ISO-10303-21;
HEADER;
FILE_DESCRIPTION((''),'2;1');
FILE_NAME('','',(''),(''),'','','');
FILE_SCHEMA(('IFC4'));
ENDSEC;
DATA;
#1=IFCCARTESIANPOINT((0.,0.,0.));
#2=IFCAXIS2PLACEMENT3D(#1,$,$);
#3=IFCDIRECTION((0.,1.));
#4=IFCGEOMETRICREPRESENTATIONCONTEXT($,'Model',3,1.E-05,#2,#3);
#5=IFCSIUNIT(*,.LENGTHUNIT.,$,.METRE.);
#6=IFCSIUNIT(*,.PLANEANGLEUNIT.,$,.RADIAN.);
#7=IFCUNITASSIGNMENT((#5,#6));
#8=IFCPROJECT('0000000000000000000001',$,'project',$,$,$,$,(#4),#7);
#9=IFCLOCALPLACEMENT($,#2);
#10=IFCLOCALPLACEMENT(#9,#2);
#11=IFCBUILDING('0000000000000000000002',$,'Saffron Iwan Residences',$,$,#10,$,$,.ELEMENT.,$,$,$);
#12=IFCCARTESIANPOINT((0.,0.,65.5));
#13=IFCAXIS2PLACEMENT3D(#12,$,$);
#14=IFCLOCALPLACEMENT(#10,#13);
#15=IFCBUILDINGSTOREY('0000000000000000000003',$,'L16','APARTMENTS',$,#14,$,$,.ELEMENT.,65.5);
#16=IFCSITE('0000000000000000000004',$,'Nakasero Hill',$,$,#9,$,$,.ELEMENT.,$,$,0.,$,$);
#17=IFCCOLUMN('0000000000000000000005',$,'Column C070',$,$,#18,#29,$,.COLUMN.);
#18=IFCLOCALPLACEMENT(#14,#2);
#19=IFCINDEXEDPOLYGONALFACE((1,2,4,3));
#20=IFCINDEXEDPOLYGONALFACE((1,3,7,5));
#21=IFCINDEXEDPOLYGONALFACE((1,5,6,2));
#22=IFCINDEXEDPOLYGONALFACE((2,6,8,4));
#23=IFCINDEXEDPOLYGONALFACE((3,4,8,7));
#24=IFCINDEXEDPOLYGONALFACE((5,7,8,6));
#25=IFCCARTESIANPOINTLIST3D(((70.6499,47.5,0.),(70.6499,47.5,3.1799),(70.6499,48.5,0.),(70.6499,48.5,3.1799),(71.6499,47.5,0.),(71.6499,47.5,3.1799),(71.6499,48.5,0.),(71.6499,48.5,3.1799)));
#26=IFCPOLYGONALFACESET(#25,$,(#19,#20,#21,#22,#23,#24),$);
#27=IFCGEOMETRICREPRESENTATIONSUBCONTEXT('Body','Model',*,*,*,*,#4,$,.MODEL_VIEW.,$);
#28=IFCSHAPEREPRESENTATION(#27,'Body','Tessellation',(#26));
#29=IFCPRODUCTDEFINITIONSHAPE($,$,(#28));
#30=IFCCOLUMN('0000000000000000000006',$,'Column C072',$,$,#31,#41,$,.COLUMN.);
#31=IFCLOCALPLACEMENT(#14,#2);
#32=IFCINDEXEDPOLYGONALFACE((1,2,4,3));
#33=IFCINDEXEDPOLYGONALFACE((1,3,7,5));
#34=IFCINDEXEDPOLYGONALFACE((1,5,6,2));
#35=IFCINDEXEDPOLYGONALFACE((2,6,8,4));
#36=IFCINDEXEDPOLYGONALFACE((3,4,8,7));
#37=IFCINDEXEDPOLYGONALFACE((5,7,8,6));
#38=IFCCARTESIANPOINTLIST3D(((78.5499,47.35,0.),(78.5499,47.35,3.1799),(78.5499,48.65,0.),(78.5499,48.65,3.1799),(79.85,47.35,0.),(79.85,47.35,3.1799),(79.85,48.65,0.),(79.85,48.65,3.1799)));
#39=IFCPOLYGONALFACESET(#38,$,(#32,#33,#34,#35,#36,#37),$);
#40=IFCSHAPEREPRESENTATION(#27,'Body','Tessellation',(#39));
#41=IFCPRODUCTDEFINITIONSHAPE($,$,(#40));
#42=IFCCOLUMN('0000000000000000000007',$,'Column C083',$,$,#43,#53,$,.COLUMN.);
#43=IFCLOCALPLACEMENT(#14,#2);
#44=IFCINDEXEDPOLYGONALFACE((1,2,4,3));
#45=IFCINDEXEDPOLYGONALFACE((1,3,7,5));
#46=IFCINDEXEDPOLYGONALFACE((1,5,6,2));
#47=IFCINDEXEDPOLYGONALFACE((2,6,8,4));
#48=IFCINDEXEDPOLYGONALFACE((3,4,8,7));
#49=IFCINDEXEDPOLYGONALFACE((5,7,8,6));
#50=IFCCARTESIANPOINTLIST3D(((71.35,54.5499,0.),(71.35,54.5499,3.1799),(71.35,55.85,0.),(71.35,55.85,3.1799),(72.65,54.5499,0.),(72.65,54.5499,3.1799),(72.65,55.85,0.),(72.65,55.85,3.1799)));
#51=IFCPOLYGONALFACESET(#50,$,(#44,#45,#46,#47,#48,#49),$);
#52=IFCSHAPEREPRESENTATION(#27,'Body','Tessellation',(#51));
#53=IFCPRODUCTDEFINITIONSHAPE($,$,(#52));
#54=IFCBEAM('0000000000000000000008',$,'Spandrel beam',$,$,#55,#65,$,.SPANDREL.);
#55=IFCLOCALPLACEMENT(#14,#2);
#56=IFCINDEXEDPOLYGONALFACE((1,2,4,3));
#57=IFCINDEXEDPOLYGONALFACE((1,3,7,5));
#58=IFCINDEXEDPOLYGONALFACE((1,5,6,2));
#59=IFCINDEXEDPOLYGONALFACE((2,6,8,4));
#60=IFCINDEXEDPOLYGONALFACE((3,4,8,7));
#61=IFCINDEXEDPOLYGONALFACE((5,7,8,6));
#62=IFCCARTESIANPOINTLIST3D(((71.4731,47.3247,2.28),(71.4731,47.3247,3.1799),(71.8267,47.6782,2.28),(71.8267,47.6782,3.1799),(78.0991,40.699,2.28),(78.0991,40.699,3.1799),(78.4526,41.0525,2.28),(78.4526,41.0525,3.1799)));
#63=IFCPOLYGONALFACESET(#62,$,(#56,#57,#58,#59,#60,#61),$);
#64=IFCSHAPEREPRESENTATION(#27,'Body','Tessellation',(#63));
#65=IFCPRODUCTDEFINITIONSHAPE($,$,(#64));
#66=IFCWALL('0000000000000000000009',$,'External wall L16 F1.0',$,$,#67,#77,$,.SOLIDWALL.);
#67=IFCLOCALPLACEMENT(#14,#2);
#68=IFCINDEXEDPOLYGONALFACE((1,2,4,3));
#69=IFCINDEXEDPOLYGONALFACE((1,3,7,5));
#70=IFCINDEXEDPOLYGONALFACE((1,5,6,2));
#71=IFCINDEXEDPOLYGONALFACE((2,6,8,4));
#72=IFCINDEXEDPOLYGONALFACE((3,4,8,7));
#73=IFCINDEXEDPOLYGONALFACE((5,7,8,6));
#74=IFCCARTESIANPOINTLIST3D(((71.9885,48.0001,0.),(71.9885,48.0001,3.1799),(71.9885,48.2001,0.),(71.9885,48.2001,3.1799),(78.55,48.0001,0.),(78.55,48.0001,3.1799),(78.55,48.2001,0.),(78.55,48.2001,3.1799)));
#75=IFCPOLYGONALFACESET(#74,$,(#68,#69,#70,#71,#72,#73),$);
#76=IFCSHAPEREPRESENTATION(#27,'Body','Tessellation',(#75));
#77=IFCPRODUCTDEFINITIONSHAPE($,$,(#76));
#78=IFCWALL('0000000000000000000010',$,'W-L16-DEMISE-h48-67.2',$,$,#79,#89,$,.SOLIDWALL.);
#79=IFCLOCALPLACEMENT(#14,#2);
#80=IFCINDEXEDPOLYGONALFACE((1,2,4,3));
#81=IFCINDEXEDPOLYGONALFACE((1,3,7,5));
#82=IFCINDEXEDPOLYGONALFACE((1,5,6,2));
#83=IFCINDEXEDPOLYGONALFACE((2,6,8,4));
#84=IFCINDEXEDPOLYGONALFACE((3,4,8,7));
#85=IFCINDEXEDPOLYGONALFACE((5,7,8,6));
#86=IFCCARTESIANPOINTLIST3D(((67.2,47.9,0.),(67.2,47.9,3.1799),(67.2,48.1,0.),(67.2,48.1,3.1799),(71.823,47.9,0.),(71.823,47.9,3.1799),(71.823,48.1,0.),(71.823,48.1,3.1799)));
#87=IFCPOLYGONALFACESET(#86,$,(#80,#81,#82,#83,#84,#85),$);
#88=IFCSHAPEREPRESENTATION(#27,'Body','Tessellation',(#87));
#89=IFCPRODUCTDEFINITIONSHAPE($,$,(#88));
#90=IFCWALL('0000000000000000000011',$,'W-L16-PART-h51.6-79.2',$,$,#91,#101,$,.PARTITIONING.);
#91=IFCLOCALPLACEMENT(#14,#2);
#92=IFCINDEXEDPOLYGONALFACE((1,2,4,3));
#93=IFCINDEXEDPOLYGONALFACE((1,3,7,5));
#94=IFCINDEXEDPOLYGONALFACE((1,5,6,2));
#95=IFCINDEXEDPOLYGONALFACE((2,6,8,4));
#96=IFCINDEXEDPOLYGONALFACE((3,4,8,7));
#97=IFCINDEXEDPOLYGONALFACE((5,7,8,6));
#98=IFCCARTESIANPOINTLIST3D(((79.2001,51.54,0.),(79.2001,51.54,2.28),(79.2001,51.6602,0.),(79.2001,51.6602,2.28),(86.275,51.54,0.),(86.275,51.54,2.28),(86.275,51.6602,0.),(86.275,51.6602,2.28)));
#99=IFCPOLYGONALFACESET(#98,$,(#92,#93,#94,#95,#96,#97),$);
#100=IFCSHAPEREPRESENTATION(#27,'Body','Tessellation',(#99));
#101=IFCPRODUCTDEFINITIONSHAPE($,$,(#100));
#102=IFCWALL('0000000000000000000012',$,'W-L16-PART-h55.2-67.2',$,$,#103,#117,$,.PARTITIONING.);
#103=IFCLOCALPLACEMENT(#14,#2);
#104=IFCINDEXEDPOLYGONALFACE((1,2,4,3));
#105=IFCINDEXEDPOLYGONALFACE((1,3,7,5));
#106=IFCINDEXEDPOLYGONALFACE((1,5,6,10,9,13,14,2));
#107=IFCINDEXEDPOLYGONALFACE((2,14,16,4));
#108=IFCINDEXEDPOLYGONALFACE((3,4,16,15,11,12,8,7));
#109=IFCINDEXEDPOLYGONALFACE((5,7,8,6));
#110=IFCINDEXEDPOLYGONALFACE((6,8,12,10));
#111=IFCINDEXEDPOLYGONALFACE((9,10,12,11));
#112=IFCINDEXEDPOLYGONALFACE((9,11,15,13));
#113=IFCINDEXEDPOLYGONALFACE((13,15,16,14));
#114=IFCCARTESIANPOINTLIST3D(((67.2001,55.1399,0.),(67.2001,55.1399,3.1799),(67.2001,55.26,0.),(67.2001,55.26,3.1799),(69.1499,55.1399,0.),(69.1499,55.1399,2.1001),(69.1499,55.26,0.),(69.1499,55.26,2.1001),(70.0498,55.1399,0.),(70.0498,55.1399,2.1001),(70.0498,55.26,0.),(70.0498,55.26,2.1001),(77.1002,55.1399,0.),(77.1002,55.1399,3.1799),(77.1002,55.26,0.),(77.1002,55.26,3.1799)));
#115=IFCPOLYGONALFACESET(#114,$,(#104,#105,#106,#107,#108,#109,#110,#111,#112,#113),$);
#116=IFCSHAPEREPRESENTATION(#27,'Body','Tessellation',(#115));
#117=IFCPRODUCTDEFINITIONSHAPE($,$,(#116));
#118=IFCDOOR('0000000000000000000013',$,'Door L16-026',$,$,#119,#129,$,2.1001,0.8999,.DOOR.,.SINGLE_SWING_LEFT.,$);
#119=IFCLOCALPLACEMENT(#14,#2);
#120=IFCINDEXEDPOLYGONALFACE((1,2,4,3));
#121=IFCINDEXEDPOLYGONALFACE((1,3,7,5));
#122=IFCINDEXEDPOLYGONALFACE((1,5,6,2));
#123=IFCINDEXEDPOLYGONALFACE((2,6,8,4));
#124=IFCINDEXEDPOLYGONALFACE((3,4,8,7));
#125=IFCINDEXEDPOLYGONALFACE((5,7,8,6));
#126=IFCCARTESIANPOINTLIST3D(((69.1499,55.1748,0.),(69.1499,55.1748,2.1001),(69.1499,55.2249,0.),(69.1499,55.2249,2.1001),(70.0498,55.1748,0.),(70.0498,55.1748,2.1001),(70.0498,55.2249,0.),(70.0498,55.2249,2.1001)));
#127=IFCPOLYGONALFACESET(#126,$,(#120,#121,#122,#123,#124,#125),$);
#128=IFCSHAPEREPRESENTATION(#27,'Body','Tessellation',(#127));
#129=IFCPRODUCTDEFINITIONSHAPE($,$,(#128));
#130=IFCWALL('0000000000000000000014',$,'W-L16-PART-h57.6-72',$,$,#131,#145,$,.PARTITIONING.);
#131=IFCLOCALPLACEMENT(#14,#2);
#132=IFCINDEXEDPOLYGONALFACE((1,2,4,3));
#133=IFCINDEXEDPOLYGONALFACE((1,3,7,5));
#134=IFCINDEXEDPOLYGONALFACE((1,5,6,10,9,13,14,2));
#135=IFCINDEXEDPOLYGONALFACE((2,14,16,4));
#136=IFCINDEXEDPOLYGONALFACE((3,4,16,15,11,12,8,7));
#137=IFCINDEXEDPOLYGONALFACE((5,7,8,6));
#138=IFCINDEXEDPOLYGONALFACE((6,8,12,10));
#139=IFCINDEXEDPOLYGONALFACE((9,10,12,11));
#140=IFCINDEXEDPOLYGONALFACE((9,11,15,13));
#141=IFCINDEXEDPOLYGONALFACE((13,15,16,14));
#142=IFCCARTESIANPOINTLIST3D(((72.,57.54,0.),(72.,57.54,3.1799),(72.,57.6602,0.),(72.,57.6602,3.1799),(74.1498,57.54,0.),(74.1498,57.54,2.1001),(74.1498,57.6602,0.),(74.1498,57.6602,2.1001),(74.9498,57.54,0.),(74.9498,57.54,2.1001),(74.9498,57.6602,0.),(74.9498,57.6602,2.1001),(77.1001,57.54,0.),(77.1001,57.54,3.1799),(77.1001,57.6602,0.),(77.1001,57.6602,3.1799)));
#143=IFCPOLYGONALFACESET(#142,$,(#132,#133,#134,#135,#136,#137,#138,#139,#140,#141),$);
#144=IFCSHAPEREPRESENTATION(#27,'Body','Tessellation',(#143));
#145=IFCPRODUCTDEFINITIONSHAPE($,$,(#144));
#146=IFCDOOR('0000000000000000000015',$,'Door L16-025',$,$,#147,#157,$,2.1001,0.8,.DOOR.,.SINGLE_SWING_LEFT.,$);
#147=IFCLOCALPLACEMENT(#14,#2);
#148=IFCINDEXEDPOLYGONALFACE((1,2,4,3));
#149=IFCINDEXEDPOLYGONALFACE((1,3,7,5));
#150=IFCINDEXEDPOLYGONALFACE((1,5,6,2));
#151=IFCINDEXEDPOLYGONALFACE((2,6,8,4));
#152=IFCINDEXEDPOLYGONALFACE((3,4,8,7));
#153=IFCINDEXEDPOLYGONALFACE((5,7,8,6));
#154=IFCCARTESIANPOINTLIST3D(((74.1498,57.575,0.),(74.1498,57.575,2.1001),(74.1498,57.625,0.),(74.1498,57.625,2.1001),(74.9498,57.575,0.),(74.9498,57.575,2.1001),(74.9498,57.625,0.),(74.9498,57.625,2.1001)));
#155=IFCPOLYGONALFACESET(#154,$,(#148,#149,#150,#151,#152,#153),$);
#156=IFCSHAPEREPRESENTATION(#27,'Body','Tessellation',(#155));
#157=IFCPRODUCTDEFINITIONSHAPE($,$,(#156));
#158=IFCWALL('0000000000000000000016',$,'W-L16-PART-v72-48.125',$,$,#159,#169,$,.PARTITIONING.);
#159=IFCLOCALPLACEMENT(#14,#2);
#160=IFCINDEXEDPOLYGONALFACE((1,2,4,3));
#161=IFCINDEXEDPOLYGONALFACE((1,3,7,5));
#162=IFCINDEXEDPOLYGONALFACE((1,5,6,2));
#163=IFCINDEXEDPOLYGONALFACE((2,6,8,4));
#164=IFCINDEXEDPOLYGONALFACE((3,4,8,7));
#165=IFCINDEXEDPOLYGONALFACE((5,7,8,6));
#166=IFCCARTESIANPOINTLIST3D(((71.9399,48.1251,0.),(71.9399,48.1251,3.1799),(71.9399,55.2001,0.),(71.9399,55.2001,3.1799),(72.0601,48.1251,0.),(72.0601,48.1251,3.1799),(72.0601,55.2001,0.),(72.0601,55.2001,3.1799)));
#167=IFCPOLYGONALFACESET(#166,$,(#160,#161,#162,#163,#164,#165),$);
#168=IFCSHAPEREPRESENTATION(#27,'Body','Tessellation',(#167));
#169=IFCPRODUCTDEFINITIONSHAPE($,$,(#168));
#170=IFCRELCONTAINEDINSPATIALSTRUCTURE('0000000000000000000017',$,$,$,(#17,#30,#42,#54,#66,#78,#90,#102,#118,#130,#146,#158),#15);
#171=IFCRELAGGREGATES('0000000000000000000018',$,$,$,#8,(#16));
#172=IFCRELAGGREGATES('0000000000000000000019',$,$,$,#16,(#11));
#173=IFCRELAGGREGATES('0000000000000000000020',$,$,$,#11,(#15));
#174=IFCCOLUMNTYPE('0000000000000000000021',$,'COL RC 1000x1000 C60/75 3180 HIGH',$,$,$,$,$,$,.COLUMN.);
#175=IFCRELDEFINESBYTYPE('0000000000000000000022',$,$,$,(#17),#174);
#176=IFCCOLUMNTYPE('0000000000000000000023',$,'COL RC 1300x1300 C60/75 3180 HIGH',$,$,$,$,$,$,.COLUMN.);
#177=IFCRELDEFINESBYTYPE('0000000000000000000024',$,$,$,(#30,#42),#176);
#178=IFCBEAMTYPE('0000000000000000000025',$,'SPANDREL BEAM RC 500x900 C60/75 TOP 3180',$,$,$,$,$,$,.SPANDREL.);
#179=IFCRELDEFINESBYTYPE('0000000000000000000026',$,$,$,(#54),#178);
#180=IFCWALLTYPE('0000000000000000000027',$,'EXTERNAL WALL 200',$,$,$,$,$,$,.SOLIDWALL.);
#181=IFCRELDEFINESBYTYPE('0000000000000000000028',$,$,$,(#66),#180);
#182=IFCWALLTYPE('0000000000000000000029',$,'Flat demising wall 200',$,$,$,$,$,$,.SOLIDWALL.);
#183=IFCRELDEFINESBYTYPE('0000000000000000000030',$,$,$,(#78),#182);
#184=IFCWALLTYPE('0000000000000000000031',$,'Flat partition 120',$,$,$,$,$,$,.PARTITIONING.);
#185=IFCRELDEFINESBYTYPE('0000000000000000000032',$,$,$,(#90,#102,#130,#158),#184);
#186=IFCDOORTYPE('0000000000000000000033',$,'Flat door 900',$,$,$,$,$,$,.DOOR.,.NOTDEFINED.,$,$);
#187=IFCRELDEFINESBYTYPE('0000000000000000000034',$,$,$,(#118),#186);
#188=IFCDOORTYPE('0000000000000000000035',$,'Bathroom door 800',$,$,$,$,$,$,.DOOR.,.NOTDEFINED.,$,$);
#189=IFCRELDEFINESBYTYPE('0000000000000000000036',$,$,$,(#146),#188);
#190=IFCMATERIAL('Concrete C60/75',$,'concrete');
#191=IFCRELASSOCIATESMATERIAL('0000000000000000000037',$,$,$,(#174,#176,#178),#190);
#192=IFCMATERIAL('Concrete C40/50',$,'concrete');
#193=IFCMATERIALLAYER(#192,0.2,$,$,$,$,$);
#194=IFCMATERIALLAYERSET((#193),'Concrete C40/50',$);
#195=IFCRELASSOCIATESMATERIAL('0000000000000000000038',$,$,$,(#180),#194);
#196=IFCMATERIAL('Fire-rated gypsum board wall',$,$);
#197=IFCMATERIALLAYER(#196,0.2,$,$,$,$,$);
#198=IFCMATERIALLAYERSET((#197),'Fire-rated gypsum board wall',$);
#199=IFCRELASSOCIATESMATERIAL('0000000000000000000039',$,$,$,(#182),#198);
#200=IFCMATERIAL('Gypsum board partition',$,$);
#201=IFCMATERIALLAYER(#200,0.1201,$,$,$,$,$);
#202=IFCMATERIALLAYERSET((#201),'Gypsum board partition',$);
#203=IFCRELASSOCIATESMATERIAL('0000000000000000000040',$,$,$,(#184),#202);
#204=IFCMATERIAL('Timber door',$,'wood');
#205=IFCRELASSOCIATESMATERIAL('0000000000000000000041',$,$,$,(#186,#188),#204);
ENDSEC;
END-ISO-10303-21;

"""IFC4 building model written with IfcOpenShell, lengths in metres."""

from ifc_helpers import new_model, si_unit, direction, frame, frame_2d, origin, origin_2d, place, context, subcontext, project, spatial, rectangle, extrude, source, transform, mapped, material, layer, layer_set, material_profile, profile_set, type_object, element, fill, save


model = new_model("IFC4")

# Units and contexts
model_context = context("Model", 3, precision=1e-05, world=origin(), true_north=direction((0.0, 1.0)))
body_context = subcontext(model_context, "Body", "Model", "MODEL_VIEW")
ifc_project = project(units=[si_unit("LENGTHUNIT", "METRE"), si_unit("PLANEANGLEUNIT", "RADIAN")], contexts=[model_context])

# Site, building, storey
site_placement = place(None, origin())
site = spatial("IfcSite", under=ifc_project, at=site_placement, Name="Nakasero Hill", CompositionType="ELEMENT", RefElevation=0.0)
building_placement = place(site_placement, origin())
building = spatial("IfcBuilding", under=site, at=building_placement, Name="Saffron Iwan Residences", CompositionType="ELEMENT")
storey_placement = place(building_placement, frame((0.0, 0.0, 65.5)))
storey = spatial("IfcBuildingStorey", under=building, at=storey_placement, Name="L16", Description="APARTMENTS", CompositionType="ELEMENT", Elevation=65.5)

# Columns
ifc_material_1 = material(Name="Concrete C60/75", Category="concrete")
ifc_material_profile_1 = material_profile(ifc_material_1, rectangle(XDim=1.0, YDim=1.0, at=origin_2d()), Name="RC 1000x1000")
ifc_profile_set_1 = profile_set([ifc_material_profile_1], Name="Concrete C60/75")
column_type_1 = type_object("IfcColumnType", Name="COL RC 1000x1000 C60/75 3180 HIGH", PredefinedType="COLUMN", material=ifc_profile_set_1)
shared_shape_1 = source(origin(), body_context, "Body", "SweptSolid", [
    extrude(rectangle(XDim=1.0, YDim=1.0, at=origin_2d()), origin(), (0.0, 0.0, 1.0), 3.1799),
])
column_placement = place(storey_placement, frame((71.1499, 48.0, 0.0), z_axis=(0.0, 0.0, 1.0), x_axis=(1.0, 0.0, 0.0)))
element("IfcColumn", 1, at=column_placement, inside=storey, type_object=column_type_1, Name="Column C070", PredefinedType="COLUMN", context=body_context, shape_type="MappedRepresentation", body=[
    mapped(shared_shape_1, transform((0.0, 0.0, 0.0))),
])
ifc_material_profile_2 = material_profile(ifc_material_1, rectangle(XDim=1.3, YDim=1.3, at=origin_2d()), Name="RC 1300x1300")
ifc_profile_set_2 = profile_set([ifc_material_profile_2], Name="Concrete C60/75")
column_type_2 = type_object("IfcColumnType", Name="COL RC 1300x1300 C60/75 3180 HIGH", PredefinedType="COLUMN", material=ifc_profile_set_2)
shared_shape_2 = source(origin(), body_context, "Body", "SweptSolid", [
    extrude(rectangle(XDim=1.3, YDim=1.3, at=origin_2d()), origin(), (0.0, 0.0, 1.0), 3.1799),
])
for number, where, z_axis, x_axis, name in (
    (2, (79.2, 48.0, 0.0), (0.0, 0.0, 1.0), (1.0, 0.0, 0.0), "Column C072"),
    (3, (72.0, 55.2, 0.0), (0.0, 0.0, 1.0), (1.0, 0.0, 0.0), "Column C083"),
):
    element("IfcColumn", number, at=place(storey_placement, frame(where, z_axis=z_axis, x_axis=x_axis)), inside=storey, type_object=column_type_2, Name=name, PredefinedType="COLUMN", context=body_context, shape_type="MappedRepresentation", body=[
        mapped(shared_shape_2, transform((0.0, 0.0, 0.0))),
    ])

# Beam
ifc_material_profile_3 = material_profile(ifc_material_1, rectangle(XDim=0.5, YDim=0.8999, at=origin_2d()), Name="RC 500x900")
ifc_profile_set_3 = profile_set([ifc_material_profile_3], Name="Concrete C60/75")
beam_type = type_object("IfcBeamType", Name="SPANDREL BEAM RC 500x900 C60/75 TOP 3180", PredefinedType="SPANDREL", material=ifc_profile_set_3)
shared_shape_3 = source(origin(), body_context, "Body", "SweptSolid", [
    extrude(rectangle(XDim=0.5, YDim=0.8999, at=origin_2d()), origin(), (0.0, 0.0, 1.0), 9.3704),
])
beam_placement = place(storey_placement, frame((71.6499, 47.5015, 2.73), z_axis=(0.70712, -0.707094, 0.0), x_axis=(0.707094, 0.70712, 0.0)))
element("IfcBeam", 4, at=beam_placement, inside=storey, type_object=beam_type, Name="Spandrel beam", PredefinedType="SPANDREL", context=body_context, shape_type="MappedRepresentation", body=[
    mapped(shared_shape_3, transform((0.0, 0.0, 0.0))),
])

# Walls
ifc_material_2 = material(Name="Concrete C40/50", Category="concrete")
ifc_layer_1 = layer(ifc_material_2, 0.2)
ifc_layer_set_1 = layer_set([ifc_layer_1], Name="Concrete C40/50")
wall_type_1 = type_object("IfcWallType", Name="EXTERNAL WALL 200", PredefinedType="SOLIDWALL", material=ifc_layer_set_1)
wall_1_placement = place(storey_placement, frame((71.9885, 48.1001, 0.0), z_axis=(0.0, 0.0, 1.0), x_axis=(1.0, 0.0, 0.0)))
element("IfcWall", 5, at=wall_1_placement, inside=storey, type_object=wall_type_1, Name="External wall L16 F1.0", PredefinedType="SOLIDWALL", context=body_context, shape_type="SweptSolid", body=[
    extrude(rectangle(XDim=6.5615, YDim=0.2, at=frame_2d((3.2808, 0.0))), origin(), (0.0, 0.0, 1.0), 3.1799),
])
ifc_material_3 = material(Name="Fire-rated gypsum board wall")
ifc_layer_2 = layer(ifc_material_3, 0.2)
ifc_layer_set_2 = layer_set([ifc_layer_2], Name="Fire-rated gypsum board wall")
wall_type_2 = type_object("IfcWallType", Name="Flat demising wall 200", PredefinedType="SOLIDWALL", material=ifc_layer_set_2)
wall_2_placement = place(storey_placement, frame((67.2, 48.0, 0.0), z_axis=(0.0, 0.0, 1.0), x_axis=(1.0, 0.0, 0.0)))
element("IfcWall", 6, at=wall_2_placement, inside=storey, type_object=wall_type_2, Name="W-L16-DEMISE-h48-67.2", PredefinedType="SOLIDWALL", context=body_context, shape_type="SweptSolid", body=[
    extrude(rectangle(XDim=4.623, YDim=0.2, at=frame_2d((2.3115, 0.0))), origin(), (0.0, 0.0, 1.0), 3.1799),
])
ifc_material_4 = material(Name="Gypsum board partition")
ifc_layer_3 = layer(ifc_material_4, 0.1201)
ifc_layer_set_3 = layer_set([ifc_layer_3], Name="Gypsum board partition")
wall_type_3 = type_object("IfcWallType", Name="Flat partition 120", PredefinedType="PARTITIONING", material=ifc_layer_set_3)
wall_3_placement = place(storey_placement, frame((79.2, 51.6001, 0.0), z_axis=(0.0, 0.0, 1.0), x_axis=(1.0, 0.0, 0.0)))
element("IfcWall", 7, at=wall_3_placement, inside=storey, type_object=wall_type_3, Name="W-L16-PART-h51.6-79.2", PredefinedType="PARTITIONING", context=body_context, shape_type="SweptSolid", body=[
    extrude(rectangle(XDim=7.075, YDim=0.1201, at=frame_2d((3.5376, 0.0))), origin(), (0.0, 0.0, 1.0), 2.28),
])

# Walls, openings, doors
wall_4_placement = place(storey_placement, frame((67.2, 55.2, 0.0), z_axis=(0.0, 0.0, 1.0), x_axis=(1.0, 0.0, 0.0)))
wall_4 = element("IfcWall", 8, at=wall_4_placement, inside=storey, type_object=wall_type_3, Name="W-L16-PART-h55.2-67.2", PredefinedType="PARTITIONING", context=body_context, shape_type="SweptSolid", body=[
    extrude(rectangle(XDim=9.9001, YDim=0.1201, at=frame_2d((4.9502, 0.0))), origin(), (0.0, 0.0, 1.0), 3.1799),
])
opening_1_placement = place(wall_4_placement, frame((1.95, 0.0, 0.0)))
opening_1 = element("IfcOpeningElement", 9, at=opening_1_placement, cuts=wall_4, PredefinedType="OPENING", context=body_context, shape_type="SweptSolid", body=[
    extrude(rectangle(XDim=0.8999, YDim=2.1001, at=frame_2d((0.45, 1.05))), frame((0.0, 0.0701, 0.0), z_axis=(0.0, -1.0, 0.0), x_axis=(1.0, 0.0, 0.0)), (0.0, 0.0, 1.0), 0.1401),
])
ifc_material_5 = material(Name="Timber door", Category="wood")
door_type_1 = type_object("IfcDoorType", Name="Flat door 900", OperationType="NOTDEFINED", PredefinedType="DOOR", material=ifc_material_5)
door_1_placement = place(opening_1_placement, origin())
door_1 = element("IfcDoor", 10, at=door_1_placement, inside=storey, type_object=door_type_1, Name="Door L16-026", OperationType="SINGLE_SWING_LEFT", OverallHeight=2.1001, OverallWidth=0.8999, PredefinedType="DOOR", context=body_context, shape_type="SweptSolid", body=[
    extrude(rectangle(XDim=0.8999, YDim=2.1001, at=frame_2d((0.45, 1.05))), frame((0.0, 0.0249, 0.0), z_axis=(0.0, -1.0, 0.0), x_axis=(1.0, 0.0, 0.0)), (0.0, 0.0, 1.0), 0.05),
])
fill(opening_1, door_1)
wall_5_placement = place(storey_placement, frame((72.0, 57.6001, 0.0), z_axis=(0.0, 0.0, 1.0), x_axis=(1.0, 0.0, 0.0)))
wall_5 = element("IfcWall", 11, at=wall_5_placement, inside=storey, type_object=wall_type_3, Name="W-L16-PART-h57.6-72", PredefinedType="PARTITIONING", context=body_context, shape_type="SweptSolid", body=[
    extrude(rectangle(XDim=5.1001, YDim=0.1201, at=frame_2d((2.55, 0.0))), origin(), (0.0, 0.0, 1.0), 3.1799),
])
opening_2_placement = place(wall_5_placement, frame((2.1499, 0.0, 0.0)))
opening_2 = element("IfcOpeningElement", 12, at=opening_2_placement, cuts=wall_5, PredefinedType="OPENING", context=body_context, shape_type="SweptSolid", body=[
    extrude(rectangle(XDim=0.8, YDim=2.1001, at=frame_2d((0.3999, 1.05))), frame((0.0, 0.0701, 0.0), z_axis=(0.0, -1.0, 0.0), x_axis=(1.0, 0.0, 0.0)), (0.0, 0.0, 1.0), 0.1401),
])
door_type_2 = type_object("IfcDoorType", Name="Bathroom door 800", OperationType="NOTDEFINED", PredefinedType="DOOR", material=ifc_material_5)
door_2_placement = place(opening_2_placement, origin())
door_2 = element("IfcDoor", 13, at=door_2_placement, inside=storey, type_object=door_type_2, Name="Door L16-025", OperationType="SINGLE_SWING_LEFT", OverallHeight=2.1001, OverallWidth=0.8, PredefinedType="DOOR", context=body_context, shape_type="SweptSolid", body=[
    extrude(rectangle(XDim=0.8, YDim=2.1001, at=frame_2d((0.3999, 1.05))), frame((0.0, 0.0249, 0.0), z_axis=(0.0, -1.0, 0.0), x_axis=(1.0, 0.0, 0.0)), (0.0, 0.0, 1.0), 0.05),
])
fill(opening_2, door_2)

# Wall
wall_6_placement = place(storey_placement, frame((72.0, 48.125, 0.0), z_axis=(0.0, 0.0, 1.0), x_axis=(0.0, 1.0, 0.0)))
element("IfcWall", 14, at=wall_6_placement, inside=storey, type_object=wall_type_3, Name="W-L16-PART-v72-48.125", PredefinedType="PARTITIONING", context=body_context, shape_type="SweptSolid", body=[
    extrude(rectangle(XDim=7.075, YDim=0.1201, at=frame_2d((3.5376, 0.0))), origin(), (0.0, 0.0, 1.0), 3.1799),
])

save(model, "model.ifc")
